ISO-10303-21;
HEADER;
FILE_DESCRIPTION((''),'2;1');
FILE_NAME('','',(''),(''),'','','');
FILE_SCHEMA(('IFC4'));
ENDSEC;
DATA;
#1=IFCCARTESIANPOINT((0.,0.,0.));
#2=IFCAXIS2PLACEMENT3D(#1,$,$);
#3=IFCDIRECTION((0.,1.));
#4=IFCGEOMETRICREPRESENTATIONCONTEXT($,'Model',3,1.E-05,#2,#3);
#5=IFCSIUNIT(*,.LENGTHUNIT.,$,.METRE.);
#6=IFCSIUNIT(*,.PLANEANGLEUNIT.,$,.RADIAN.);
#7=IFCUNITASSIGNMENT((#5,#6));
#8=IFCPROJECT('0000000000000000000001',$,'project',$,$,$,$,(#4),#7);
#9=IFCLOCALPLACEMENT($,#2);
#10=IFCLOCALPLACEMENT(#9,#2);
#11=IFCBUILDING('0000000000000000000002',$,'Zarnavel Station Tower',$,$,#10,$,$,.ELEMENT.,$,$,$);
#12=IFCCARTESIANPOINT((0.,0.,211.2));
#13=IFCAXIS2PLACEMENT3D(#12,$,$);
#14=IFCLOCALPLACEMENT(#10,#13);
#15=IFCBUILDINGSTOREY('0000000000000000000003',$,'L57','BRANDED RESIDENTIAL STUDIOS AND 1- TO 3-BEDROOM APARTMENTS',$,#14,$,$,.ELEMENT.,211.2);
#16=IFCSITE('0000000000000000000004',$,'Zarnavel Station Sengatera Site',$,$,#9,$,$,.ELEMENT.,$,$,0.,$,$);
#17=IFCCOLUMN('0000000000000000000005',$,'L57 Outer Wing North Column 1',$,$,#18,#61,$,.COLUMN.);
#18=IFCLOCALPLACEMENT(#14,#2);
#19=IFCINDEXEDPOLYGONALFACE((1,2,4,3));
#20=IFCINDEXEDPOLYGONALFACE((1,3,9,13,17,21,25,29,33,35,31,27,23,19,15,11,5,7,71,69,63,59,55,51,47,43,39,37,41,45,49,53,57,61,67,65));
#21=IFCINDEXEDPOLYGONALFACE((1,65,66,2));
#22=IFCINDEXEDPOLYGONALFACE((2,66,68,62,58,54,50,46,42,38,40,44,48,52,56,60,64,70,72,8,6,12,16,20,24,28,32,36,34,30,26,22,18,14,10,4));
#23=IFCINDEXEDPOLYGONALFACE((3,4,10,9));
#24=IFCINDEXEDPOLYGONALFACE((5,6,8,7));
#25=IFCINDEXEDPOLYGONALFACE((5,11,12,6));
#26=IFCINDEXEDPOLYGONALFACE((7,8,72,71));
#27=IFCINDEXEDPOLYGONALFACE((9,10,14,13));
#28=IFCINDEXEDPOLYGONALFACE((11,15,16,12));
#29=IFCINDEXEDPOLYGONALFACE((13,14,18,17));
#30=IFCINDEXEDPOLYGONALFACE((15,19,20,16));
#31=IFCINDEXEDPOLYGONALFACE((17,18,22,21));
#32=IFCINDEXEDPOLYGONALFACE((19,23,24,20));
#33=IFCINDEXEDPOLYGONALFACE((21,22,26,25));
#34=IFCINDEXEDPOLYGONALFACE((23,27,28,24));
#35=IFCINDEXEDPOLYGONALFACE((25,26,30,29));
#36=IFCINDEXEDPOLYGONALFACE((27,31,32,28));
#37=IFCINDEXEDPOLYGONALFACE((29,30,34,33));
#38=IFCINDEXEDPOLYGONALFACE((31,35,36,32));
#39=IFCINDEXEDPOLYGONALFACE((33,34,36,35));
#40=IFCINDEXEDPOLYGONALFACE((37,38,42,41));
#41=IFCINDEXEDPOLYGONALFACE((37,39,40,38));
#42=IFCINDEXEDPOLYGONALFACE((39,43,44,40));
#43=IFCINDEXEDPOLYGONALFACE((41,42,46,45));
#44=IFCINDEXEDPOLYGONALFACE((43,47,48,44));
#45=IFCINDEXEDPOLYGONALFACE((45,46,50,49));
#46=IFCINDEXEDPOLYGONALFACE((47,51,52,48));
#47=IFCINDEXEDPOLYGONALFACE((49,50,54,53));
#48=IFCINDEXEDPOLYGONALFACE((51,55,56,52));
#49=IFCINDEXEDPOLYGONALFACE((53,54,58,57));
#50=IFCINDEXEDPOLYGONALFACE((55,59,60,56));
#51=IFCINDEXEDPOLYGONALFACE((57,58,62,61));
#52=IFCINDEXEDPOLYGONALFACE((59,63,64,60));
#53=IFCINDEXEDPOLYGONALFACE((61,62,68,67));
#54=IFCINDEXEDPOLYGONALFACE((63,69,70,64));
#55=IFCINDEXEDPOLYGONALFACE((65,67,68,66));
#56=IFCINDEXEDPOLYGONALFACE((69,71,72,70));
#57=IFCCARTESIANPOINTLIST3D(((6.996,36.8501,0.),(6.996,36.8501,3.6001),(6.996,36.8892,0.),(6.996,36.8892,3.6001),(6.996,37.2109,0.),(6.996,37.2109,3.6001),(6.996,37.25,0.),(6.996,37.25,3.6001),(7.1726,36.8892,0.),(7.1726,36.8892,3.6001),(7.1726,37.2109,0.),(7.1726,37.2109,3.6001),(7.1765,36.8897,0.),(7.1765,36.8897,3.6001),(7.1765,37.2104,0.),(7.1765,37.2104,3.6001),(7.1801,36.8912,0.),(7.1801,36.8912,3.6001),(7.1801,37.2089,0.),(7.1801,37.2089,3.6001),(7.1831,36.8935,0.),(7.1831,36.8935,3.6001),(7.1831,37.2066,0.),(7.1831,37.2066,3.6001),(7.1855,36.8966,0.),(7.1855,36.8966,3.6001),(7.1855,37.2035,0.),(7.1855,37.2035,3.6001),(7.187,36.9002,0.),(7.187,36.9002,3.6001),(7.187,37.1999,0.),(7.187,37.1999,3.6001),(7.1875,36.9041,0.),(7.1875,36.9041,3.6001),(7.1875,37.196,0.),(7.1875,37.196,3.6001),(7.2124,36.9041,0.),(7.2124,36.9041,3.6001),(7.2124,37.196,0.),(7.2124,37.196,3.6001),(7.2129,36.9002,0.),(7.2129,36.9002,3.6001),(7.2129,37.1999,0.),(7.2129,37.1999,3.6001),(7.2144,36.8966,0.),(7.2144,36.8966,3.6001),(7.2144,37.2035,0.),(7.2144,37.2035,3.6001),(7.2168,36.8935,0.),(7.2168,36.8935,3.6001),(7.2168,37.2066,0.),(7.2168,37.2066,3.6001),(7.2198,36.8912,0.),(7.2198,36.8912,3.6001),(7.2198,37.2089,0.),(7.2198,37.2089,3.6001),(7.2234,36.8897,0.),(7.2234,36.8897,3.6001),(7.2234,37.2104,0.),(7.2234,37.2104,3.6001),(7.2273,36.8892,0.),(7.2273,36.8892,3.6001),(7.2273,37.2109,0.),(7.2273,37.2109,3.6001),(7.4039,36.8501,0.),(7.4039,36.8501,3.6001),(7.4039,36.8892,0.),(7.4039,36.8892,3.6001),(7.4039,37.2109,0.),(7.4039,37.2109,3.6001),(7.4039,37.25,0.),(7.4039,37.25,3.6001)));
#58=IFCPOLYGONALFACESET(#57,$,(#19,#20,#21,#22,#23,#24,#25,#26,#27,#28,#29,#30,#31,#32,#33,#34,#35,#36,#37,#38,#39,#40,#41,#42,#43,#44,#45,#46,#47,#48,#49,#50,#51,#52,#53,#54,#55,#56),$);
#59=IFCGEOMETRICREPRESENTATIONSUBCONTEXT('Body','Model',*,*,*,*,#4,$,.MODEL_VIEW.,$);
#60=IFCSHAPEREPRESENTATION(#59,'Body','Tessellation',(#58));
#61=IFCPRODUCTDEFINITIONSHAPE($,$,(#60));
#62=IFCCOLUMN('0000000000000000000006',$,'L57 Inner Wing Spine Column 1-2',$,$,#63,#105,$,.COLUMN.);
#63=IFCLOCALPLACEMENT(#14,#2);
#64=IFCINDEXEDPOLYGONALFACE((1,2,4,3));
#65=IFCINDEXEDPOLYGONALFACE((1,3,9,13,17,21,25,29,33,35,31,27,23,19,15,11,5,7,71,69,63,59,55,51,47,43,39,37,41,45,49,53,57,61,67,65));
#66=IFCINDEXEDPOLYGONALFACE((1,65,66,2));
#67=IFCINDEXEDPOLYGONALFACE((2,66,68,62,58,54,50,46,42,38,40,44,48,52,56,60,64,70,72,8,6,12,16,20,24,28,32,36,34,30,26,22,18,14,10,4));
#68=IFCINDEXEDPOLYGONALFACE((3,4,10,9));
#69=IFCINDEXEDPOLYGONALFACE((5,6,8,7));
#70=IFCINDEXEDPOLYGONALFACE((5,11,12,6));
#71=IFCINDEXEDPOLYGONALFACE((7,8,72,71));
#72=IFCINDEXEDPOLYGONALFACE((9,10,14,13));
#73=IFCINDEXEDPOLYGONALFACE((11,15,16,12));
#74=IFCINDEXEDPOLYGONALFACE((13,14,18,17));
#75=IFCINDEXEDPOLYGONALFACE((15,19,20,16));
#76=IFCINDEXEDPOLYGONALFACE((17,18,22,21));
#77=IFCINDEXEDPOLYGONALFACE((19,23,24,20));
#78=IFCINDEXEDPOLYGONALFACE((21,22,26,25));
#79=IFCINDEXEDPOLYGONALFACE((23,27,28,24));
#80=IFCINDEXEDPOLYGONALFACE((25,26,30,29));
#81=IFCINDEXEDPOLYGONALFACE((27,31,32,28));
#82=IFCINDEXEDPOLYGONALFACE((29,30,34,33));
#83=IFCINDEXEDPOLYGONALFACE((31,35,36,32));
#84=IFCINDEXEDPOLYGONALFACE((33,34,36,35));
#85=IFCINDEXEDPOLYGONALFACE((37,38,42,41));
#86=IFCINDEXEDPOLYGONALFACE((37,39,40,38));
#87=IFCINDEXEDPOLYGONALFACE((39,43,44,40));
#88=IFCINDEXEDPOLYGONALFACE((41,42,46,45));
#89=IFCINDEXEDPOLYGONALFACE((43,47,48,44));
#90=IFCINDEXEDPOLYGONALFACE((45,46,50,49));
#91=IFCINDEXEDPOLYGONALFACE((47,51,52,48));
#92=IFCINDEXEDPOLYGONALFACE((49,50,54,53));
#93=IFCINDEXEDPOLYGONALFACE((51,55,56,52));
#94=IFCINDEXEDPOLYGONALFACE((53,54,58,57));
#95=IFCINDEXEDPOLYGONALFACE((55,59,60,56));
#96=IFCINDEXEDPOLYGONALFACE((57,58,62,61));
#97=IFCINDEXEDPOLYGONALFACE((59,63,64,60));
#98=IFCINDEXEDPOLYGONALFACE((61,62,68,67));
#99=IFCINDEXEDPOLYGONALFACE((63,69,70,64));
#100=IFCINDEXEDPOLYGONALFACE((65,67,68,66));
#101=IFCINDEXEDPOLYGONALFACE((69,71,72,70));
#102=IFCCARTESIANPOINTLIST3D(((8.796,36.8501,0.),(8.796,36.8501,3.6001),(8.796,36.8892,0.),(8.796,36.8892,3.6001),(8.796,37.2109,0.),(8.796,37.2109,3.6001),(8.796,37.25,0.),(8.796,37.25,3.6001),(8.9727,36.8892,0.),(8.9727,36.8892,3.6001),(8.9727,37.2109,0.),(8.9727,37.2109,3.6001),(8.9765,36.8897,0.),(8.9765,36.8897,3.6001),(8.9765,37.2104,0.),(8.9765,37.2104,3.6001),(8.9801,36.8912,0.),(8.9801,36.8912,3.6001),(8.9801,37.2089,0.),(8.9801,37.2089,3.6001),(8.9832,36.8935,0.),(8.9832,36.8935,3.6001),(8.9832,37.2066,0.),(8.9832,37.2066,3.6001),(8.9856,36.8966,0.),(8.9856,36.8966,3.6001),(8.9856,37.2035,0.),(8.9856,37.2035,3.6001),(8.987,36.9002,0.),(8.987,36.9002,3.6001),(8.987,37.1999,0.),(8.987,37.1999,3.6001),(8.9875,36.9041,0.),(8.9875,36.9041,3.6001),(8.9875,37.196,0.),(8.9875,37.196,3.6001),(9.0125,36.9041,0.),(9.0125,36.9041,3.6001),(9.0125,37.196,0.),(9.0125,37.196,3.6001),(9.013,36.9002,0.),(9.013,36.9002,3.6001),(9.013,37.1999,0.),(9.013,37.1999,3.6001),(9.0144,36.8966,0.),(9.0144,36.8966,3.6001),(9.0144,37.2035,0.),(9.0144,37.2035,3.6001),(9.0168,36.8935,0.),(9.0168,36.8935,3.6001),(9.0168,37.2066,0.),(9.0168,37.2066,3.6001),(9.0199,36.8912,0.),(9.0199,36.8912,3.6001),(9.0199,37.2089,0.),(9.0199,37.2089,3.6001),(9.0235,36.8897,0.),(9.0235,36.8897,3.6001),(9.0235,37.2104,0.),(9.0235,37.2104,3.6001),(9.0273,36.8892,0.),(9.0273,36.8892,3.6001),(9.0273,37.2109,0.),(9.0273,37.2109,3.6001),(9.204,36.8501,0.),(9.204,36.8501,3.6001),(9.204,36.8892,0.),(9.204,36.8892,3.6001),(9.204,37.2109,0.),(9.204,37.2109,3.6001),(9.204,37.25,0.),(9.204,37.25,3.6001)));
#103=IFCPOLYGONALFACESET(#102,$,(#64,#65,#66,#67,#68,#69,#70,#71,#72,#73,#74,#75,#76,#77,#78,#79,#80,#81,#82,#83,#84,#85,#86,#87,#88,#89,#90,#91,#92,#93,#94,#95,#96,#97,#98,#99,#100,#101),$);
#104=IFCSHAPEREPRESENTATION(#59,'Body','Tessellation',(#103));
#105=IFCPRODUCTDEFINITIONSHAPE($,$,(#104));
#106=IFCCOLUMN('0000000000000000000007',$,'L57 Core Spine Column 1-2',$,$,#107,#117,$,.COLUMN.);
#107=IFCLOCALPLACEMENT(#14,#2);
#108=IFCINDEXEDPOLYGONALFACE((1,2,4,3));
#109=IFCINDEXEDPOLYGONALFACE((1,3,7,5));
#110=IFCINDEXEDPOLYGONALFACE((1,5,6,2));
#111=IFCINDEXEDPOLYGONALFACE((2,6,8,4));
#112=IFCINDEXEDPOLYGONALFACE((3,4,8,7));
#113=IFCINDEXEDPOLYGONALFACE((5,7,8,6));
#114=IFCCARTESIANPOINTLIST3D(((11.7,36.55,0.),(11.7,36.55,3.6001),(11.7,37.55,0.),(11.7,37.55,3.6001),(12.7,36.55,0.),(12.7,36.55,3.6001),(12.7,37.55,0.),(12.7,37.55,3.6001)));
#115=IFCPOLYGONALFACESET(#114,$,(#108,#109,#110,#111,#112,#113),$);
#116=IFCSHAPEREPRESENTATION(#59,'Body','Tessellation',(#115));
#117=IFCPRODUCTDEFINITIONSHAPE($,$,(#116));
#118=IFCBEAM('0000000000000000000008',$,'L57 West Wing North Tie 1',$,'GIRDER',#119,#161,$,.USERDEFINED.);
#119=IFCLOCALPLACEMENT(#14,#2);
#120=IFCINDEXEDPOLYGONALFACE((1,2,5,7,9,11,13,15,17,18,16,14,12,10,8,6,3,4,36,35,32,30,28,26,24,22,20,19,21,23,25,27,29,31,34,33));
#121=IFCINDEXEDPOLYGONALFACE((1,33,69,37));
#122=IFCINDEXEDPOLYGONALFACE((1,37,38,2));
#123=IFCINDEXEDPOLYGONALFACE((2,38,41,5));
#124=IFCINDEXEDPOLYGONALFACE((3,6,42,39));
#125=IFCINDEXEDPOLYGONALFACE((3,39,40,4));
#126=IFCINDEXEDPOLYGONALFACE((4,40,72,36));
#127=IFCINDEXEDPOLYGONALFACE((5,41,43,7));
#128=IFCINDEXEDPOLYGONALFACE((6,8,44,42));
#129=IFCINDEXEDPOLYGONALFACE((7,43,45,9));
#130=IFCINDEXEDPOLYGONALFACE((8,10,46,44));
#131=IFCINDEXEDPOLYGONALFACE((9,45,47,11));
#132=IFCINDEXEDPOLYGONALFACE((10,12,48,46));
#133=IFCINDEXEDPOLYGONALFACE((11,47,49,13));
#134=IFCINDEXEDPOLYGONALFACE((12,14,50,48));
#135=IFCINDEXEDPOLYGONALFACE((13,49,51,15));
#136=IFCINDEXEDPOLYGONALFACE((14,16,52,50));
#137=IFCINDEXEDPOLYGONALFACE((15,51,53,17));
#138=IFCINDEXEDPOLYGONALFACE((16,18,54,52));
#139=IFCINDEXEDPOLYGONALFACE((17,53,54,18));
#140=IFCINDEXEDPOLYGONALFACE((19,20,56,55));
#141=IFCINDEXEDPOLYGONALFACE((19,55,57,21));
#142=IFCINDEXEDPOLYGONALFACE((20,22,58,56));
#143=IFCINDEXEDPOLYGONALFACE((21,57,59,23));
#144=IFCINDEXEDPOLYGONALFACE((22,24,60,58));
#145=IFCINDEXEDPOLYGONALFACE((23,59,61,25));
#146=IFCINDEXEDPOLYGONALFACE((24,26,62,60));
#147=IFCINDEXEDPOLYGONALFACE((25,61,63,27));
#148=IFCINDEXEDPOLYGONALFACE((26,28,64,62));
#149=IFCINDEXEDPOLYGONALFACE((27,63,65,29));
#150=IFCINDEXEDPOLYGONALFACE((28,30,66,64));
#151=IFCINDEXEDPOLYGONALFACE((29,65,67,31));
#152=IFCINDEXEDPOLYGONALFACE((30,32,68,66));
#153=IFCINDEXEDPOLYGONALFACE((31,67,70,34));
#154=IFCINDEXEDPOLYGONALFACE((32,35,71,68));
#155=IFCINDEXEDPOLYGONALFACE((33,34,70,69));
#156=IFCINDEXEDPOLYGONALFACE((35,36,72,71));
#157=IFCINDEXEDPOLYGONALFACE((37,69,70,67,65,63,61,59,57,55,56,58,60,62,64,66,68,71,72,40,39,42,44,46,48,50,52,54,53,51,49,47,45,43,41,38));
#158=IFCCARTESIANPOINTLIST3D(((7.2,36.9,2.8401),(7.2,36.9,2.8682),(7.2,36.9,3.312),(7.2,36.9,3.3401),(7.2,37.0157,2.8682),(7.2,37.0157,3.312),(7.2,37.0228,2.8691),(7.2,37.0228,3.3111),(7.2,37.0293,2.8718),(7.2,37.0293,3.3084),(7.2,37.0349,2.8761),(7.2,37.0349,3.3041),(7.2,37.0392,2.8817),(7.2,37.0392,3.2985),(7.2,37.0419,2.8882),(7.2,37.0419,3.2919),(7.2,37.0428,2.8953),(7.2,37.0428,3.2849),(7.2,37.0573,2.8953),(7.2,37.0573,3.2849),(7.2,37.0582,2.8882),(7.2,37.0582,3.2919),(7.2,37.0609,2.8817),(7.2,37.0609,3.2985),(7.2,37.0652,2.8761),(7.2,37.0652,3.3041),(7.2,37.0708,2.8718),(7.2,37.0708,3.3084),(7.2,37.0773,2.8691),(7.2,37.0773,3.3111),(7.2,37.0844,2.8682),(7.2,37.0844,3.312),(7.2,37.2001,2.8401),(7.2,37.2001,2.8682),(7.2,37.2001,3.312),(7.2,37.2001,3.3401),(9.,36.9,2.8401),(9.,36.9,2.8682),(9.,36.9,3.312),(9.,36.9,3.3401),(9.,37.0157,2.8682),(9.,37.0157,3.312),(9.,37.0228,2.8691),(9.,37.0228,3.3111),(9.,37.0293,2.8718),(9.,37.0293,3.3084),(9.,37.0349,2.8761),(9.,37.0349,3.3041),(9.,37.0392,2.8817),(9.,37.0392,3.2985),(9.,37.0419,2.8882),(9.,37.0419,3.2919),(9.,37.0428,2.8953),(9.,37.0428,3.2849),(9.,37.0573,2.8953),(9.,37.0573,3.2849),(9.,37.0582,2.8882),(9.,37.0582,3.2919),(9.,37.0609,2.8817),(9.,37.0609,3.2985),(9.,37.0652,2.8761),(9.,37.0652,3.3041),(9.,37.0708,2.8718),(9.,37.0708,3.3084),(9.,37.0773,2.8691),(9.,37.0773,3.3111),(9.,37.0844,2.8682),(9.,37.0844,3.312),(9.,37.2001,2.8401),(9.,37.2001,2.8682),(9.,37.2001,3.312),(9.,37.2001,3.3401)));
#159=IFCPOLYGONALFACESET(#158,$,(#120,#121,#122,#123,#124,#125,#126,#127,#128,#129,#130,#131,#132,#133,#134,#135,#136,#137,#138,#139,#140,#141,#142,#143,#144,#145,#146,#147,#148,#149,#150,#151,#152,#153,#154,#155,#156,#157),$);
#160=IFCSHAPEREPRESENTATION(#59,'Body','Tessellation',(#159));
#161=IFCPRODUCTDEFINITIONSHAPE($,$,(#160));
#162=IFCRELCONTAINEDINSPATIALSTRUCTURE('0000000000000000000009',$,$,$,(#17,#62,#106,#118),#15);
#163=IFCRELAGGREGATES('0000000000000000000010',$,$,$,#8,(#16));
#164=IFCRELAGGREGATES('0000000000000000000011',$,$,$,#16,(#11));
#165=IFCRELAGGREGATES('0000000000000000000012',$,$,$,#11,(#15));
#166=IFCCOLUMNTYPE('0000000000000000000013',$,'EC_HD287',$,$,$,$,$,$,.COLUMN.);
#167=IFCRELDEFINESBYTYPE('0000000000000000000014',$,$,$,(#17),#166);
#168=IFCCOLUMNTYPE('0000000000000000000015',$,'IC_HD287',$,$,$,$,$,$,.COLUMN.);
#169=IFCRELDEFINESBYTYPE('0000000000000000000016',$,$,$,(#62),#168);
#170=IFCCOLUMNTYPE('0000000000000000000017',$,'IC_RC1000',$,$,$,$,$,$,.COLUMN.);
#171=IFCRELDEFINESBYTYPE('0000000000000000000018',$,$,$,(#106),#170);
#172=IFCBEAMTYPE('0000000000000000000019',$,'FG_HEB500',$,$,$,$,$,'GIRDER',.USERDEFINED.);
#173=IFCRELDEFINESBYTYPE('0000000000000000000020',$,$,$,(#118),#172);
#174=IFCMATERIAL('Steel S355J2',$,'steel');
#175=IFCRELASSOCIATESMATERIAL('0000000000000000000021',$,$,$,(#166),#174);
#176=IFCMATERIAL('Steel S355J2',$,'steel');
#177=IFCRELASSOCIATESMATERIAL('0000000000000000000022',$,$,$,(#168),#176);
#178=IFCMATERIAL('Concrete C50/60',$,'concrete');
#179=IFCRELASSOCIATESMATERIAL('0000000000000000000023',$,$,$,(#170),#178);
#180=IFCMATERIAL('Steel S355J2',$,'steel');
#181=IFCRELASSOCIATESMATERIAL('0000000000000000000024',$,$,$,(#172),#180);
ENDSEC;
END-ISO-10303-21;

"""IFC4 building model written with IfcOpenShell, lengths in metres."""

from ifc_helpers import new_model, si_unit, direction, frame, origin, origin_2d, place, context, subcontext, project, spatial, rectangle, i_section, extrude, material, material_profile, profile_set, type_object, element, save


model = new_model("IFC4")

# Units and contexts
model_context = context("Model", 3, precision=1e-05, world=origin(), true_north=direction((0.0, 1.0)))
body_context = subcontext(model_context, "Body", "Model", "MODEL_VIEW")
ifc_project = project(units=[si_unit("LENGTHUNIT", "METRE"), si_unit("PLANEANGLEUNIT", "RADIAN")], contexts=[model_context])

# Site, building, storey
site_placement = place(None, origin())
site = spatial("IfcSite", under=ifc_project, at=site_placement, Name="Zarnavel Station Sengatera Site", CompositionType="ELEMENT", RefElevation=0.0)
building_placement = place(site_placement, origin())
building = spatial("IfcBuilding", under=site, at=building_placement, Name="Zarnavel Station Tower", CompositionType="ELEMENT")
storey_placement = place(building_placement, frame((0.0, 0.0, 211.2)))
storey = spatial("IfcBuildingStorey", under=building, at=storey_placement, Name="L57", Description="BRANDED RESIDENTIAL STUDIOS AND 1- TO 3-BEDROOM APARTMENTS", CompositionType="ELEMENT", Elevation=211.2)

# Columns
ifc_material_1 = material(Name="Steel S355J2", Category="steel")
ifc_material_profile_1 = material_profile(ifc_material_1, i_section(OverallWidth=0.408, OverallDepth=0.3999, WebThickness=0.0249, FlangeThickness=0.0391, FilletRadius=0.0149, at=origin_2d()), Name="HD400x287")
ifc_profile_set_1 = profile_set([ifc_material_profile_1], Name="Steel S355J2")
column_type_1 = type_object("IfcColumnType", Name="EC_HD287", PredefinedType="COLUMN", material=ifc_profile_set_1)
column_1_placement = place(storey_placement, frame((7.2, 37.05, 0.0), z_axis=(0.0, 0.0, 1.0), x_axis=(1.0, 0.0, 0.0)))
element("IfcColumn", 1, at=column_1_placement, inside=storey, type_object=column_type_1, Name="L57 Outer Wing North Column 1", PredefinedType="COLUMN", context=body_context, shape_type="SweptSolid", body=[
    extrude(i_section(OverallWidth=0.408, OverallDepth=0.3999, WebThickness=0.0249, FlangeThickness=0.0391, FilletRadius=0.0149, at=origin_2d()), origin(), (0.0, 0.0, 1.0), 3.6001),
])
ifc_material_2 = material(Name="Steel S355J2", Category="steel")
ifc_material_profile_2 = material_profile(ifc_material_2, i_section(OverallWidth=0.408, OverallDepth=0.3999, WebThickness=0.0249, FlangeThickness=0.0391, FilletRadius=0.0149, at=origin_2d()), Name="HD400x287")
ifc_profile_set_2 = profile_set([ifc_material_profile_2], Name="Steel S355J2")
column_type_2 = type_object("IfcColumnType", Name="IC_HD287", PredefinedType="COLUMN", material=ifc_profile_set_2)
column_2_placement = place(storey_placement, frame((9.0, 37.05, 0.0), z_axis=(0.0, 0.0, 1.0), x_axis=(1.0, 0.0, 0.0)))
element("IfcColumn", 2, at=column_2_placement, inside=storey, type_object=column_type_2, Name="L57 Inner Wing Spine Column 1-2", PredefinedType="COLUMN", context=body_context, shape_type="SweptSolid", body=[
    extrude(i_section(OverallWidth=0.408, OverallDepth=0.3999, WebThickness=0.0249, FlangeThickness=0.0391, FilletRadius=0.0149, at=origin_2d()), origin(), (0.0, 0.0, 1.0), 3.6001),
])
ifc_material_3 = material(Name="Concrete C50/60", Category="concrete")
ifc_material_profile_3 = material_profile(ifc_material_3, rectangle(XDim=1.0, YDim=1.0, at=origin_2d()), Name="RC1000x1000")
ifc_profile_set_3 = profile_set([ifc_material_profile_3], Name="Concrete C50/60")
column_type_3 = type_object("IfcColumnType", Name="IC_RC1000", PredefinedType="COLUMN", material=ifc_profile_set_3)
column_3_placement = place(storey_placement, frame((12.2, 37.05, 0.0), z_axis=(0.0, 0.0, 1.0), x_axis=(1.0, 0.0, 0.0)))
element("IfcColumn", 3, at=column_3_placement, inside=storey, type_object=column_type_3, Name="L57 Core Spine Column 1-2", PredefinedType="COLUMN", context=body_context, shape_type="SweptSolid", body=[
    extrude(rectangle(XDim=1.0, YDim=1.0, at=origin_2d()), origin(), (0.0, 0.0, 1.0), 3.6001),
])

# Beam
ifc_material_4 = material(Name="Steel S355J2", Category="steel")
ifc_material_profile_4 = material_profile(ifc_material_4, i_section(OverallWidth=0.3, OverallDepth=0.5, WebThickness=0.0144, FlangeThickness=0.0281, FilletRadius=0.0271, at=origin_2d()), Name="HEB500")
ifc_profile_set_4 = profile_set([ifc_material_profile_4], Name="Steel S355J2")
beam_type = type_object("IfcBeamType", Name="FG_HEB500", ElementType="GIRDER", PredefinedType="USERDEFINED", material=ifc_profile_set_4)
beam_1_placement = place(storey_placement, frame((7.2, 37.05, 3.0901), z_axis=(1.0, 0.0, 0.0), x_axis=(0.0, 1.0, 0.0)))
element("IfcBeam", 4, at=beam_1_placement, inside=storey, type_object=beam_type, Name="L57 West Wing North Tie 1", ObjectType="GIRDER", PredefinedType="USERDEFINED", context=body_context, shape_type="SweptSolid", body=[
    extrude(i_section(OverallWidth=0.3, OverallDepth=0.5, WebThickness=0.0144, FlangeThickness=0.0281, FilletRadius=0.0271, at=origin_2d()), origin(), (0.0, 0.0, 1.0), 1.8),
])

save(model, "model.ifc")
